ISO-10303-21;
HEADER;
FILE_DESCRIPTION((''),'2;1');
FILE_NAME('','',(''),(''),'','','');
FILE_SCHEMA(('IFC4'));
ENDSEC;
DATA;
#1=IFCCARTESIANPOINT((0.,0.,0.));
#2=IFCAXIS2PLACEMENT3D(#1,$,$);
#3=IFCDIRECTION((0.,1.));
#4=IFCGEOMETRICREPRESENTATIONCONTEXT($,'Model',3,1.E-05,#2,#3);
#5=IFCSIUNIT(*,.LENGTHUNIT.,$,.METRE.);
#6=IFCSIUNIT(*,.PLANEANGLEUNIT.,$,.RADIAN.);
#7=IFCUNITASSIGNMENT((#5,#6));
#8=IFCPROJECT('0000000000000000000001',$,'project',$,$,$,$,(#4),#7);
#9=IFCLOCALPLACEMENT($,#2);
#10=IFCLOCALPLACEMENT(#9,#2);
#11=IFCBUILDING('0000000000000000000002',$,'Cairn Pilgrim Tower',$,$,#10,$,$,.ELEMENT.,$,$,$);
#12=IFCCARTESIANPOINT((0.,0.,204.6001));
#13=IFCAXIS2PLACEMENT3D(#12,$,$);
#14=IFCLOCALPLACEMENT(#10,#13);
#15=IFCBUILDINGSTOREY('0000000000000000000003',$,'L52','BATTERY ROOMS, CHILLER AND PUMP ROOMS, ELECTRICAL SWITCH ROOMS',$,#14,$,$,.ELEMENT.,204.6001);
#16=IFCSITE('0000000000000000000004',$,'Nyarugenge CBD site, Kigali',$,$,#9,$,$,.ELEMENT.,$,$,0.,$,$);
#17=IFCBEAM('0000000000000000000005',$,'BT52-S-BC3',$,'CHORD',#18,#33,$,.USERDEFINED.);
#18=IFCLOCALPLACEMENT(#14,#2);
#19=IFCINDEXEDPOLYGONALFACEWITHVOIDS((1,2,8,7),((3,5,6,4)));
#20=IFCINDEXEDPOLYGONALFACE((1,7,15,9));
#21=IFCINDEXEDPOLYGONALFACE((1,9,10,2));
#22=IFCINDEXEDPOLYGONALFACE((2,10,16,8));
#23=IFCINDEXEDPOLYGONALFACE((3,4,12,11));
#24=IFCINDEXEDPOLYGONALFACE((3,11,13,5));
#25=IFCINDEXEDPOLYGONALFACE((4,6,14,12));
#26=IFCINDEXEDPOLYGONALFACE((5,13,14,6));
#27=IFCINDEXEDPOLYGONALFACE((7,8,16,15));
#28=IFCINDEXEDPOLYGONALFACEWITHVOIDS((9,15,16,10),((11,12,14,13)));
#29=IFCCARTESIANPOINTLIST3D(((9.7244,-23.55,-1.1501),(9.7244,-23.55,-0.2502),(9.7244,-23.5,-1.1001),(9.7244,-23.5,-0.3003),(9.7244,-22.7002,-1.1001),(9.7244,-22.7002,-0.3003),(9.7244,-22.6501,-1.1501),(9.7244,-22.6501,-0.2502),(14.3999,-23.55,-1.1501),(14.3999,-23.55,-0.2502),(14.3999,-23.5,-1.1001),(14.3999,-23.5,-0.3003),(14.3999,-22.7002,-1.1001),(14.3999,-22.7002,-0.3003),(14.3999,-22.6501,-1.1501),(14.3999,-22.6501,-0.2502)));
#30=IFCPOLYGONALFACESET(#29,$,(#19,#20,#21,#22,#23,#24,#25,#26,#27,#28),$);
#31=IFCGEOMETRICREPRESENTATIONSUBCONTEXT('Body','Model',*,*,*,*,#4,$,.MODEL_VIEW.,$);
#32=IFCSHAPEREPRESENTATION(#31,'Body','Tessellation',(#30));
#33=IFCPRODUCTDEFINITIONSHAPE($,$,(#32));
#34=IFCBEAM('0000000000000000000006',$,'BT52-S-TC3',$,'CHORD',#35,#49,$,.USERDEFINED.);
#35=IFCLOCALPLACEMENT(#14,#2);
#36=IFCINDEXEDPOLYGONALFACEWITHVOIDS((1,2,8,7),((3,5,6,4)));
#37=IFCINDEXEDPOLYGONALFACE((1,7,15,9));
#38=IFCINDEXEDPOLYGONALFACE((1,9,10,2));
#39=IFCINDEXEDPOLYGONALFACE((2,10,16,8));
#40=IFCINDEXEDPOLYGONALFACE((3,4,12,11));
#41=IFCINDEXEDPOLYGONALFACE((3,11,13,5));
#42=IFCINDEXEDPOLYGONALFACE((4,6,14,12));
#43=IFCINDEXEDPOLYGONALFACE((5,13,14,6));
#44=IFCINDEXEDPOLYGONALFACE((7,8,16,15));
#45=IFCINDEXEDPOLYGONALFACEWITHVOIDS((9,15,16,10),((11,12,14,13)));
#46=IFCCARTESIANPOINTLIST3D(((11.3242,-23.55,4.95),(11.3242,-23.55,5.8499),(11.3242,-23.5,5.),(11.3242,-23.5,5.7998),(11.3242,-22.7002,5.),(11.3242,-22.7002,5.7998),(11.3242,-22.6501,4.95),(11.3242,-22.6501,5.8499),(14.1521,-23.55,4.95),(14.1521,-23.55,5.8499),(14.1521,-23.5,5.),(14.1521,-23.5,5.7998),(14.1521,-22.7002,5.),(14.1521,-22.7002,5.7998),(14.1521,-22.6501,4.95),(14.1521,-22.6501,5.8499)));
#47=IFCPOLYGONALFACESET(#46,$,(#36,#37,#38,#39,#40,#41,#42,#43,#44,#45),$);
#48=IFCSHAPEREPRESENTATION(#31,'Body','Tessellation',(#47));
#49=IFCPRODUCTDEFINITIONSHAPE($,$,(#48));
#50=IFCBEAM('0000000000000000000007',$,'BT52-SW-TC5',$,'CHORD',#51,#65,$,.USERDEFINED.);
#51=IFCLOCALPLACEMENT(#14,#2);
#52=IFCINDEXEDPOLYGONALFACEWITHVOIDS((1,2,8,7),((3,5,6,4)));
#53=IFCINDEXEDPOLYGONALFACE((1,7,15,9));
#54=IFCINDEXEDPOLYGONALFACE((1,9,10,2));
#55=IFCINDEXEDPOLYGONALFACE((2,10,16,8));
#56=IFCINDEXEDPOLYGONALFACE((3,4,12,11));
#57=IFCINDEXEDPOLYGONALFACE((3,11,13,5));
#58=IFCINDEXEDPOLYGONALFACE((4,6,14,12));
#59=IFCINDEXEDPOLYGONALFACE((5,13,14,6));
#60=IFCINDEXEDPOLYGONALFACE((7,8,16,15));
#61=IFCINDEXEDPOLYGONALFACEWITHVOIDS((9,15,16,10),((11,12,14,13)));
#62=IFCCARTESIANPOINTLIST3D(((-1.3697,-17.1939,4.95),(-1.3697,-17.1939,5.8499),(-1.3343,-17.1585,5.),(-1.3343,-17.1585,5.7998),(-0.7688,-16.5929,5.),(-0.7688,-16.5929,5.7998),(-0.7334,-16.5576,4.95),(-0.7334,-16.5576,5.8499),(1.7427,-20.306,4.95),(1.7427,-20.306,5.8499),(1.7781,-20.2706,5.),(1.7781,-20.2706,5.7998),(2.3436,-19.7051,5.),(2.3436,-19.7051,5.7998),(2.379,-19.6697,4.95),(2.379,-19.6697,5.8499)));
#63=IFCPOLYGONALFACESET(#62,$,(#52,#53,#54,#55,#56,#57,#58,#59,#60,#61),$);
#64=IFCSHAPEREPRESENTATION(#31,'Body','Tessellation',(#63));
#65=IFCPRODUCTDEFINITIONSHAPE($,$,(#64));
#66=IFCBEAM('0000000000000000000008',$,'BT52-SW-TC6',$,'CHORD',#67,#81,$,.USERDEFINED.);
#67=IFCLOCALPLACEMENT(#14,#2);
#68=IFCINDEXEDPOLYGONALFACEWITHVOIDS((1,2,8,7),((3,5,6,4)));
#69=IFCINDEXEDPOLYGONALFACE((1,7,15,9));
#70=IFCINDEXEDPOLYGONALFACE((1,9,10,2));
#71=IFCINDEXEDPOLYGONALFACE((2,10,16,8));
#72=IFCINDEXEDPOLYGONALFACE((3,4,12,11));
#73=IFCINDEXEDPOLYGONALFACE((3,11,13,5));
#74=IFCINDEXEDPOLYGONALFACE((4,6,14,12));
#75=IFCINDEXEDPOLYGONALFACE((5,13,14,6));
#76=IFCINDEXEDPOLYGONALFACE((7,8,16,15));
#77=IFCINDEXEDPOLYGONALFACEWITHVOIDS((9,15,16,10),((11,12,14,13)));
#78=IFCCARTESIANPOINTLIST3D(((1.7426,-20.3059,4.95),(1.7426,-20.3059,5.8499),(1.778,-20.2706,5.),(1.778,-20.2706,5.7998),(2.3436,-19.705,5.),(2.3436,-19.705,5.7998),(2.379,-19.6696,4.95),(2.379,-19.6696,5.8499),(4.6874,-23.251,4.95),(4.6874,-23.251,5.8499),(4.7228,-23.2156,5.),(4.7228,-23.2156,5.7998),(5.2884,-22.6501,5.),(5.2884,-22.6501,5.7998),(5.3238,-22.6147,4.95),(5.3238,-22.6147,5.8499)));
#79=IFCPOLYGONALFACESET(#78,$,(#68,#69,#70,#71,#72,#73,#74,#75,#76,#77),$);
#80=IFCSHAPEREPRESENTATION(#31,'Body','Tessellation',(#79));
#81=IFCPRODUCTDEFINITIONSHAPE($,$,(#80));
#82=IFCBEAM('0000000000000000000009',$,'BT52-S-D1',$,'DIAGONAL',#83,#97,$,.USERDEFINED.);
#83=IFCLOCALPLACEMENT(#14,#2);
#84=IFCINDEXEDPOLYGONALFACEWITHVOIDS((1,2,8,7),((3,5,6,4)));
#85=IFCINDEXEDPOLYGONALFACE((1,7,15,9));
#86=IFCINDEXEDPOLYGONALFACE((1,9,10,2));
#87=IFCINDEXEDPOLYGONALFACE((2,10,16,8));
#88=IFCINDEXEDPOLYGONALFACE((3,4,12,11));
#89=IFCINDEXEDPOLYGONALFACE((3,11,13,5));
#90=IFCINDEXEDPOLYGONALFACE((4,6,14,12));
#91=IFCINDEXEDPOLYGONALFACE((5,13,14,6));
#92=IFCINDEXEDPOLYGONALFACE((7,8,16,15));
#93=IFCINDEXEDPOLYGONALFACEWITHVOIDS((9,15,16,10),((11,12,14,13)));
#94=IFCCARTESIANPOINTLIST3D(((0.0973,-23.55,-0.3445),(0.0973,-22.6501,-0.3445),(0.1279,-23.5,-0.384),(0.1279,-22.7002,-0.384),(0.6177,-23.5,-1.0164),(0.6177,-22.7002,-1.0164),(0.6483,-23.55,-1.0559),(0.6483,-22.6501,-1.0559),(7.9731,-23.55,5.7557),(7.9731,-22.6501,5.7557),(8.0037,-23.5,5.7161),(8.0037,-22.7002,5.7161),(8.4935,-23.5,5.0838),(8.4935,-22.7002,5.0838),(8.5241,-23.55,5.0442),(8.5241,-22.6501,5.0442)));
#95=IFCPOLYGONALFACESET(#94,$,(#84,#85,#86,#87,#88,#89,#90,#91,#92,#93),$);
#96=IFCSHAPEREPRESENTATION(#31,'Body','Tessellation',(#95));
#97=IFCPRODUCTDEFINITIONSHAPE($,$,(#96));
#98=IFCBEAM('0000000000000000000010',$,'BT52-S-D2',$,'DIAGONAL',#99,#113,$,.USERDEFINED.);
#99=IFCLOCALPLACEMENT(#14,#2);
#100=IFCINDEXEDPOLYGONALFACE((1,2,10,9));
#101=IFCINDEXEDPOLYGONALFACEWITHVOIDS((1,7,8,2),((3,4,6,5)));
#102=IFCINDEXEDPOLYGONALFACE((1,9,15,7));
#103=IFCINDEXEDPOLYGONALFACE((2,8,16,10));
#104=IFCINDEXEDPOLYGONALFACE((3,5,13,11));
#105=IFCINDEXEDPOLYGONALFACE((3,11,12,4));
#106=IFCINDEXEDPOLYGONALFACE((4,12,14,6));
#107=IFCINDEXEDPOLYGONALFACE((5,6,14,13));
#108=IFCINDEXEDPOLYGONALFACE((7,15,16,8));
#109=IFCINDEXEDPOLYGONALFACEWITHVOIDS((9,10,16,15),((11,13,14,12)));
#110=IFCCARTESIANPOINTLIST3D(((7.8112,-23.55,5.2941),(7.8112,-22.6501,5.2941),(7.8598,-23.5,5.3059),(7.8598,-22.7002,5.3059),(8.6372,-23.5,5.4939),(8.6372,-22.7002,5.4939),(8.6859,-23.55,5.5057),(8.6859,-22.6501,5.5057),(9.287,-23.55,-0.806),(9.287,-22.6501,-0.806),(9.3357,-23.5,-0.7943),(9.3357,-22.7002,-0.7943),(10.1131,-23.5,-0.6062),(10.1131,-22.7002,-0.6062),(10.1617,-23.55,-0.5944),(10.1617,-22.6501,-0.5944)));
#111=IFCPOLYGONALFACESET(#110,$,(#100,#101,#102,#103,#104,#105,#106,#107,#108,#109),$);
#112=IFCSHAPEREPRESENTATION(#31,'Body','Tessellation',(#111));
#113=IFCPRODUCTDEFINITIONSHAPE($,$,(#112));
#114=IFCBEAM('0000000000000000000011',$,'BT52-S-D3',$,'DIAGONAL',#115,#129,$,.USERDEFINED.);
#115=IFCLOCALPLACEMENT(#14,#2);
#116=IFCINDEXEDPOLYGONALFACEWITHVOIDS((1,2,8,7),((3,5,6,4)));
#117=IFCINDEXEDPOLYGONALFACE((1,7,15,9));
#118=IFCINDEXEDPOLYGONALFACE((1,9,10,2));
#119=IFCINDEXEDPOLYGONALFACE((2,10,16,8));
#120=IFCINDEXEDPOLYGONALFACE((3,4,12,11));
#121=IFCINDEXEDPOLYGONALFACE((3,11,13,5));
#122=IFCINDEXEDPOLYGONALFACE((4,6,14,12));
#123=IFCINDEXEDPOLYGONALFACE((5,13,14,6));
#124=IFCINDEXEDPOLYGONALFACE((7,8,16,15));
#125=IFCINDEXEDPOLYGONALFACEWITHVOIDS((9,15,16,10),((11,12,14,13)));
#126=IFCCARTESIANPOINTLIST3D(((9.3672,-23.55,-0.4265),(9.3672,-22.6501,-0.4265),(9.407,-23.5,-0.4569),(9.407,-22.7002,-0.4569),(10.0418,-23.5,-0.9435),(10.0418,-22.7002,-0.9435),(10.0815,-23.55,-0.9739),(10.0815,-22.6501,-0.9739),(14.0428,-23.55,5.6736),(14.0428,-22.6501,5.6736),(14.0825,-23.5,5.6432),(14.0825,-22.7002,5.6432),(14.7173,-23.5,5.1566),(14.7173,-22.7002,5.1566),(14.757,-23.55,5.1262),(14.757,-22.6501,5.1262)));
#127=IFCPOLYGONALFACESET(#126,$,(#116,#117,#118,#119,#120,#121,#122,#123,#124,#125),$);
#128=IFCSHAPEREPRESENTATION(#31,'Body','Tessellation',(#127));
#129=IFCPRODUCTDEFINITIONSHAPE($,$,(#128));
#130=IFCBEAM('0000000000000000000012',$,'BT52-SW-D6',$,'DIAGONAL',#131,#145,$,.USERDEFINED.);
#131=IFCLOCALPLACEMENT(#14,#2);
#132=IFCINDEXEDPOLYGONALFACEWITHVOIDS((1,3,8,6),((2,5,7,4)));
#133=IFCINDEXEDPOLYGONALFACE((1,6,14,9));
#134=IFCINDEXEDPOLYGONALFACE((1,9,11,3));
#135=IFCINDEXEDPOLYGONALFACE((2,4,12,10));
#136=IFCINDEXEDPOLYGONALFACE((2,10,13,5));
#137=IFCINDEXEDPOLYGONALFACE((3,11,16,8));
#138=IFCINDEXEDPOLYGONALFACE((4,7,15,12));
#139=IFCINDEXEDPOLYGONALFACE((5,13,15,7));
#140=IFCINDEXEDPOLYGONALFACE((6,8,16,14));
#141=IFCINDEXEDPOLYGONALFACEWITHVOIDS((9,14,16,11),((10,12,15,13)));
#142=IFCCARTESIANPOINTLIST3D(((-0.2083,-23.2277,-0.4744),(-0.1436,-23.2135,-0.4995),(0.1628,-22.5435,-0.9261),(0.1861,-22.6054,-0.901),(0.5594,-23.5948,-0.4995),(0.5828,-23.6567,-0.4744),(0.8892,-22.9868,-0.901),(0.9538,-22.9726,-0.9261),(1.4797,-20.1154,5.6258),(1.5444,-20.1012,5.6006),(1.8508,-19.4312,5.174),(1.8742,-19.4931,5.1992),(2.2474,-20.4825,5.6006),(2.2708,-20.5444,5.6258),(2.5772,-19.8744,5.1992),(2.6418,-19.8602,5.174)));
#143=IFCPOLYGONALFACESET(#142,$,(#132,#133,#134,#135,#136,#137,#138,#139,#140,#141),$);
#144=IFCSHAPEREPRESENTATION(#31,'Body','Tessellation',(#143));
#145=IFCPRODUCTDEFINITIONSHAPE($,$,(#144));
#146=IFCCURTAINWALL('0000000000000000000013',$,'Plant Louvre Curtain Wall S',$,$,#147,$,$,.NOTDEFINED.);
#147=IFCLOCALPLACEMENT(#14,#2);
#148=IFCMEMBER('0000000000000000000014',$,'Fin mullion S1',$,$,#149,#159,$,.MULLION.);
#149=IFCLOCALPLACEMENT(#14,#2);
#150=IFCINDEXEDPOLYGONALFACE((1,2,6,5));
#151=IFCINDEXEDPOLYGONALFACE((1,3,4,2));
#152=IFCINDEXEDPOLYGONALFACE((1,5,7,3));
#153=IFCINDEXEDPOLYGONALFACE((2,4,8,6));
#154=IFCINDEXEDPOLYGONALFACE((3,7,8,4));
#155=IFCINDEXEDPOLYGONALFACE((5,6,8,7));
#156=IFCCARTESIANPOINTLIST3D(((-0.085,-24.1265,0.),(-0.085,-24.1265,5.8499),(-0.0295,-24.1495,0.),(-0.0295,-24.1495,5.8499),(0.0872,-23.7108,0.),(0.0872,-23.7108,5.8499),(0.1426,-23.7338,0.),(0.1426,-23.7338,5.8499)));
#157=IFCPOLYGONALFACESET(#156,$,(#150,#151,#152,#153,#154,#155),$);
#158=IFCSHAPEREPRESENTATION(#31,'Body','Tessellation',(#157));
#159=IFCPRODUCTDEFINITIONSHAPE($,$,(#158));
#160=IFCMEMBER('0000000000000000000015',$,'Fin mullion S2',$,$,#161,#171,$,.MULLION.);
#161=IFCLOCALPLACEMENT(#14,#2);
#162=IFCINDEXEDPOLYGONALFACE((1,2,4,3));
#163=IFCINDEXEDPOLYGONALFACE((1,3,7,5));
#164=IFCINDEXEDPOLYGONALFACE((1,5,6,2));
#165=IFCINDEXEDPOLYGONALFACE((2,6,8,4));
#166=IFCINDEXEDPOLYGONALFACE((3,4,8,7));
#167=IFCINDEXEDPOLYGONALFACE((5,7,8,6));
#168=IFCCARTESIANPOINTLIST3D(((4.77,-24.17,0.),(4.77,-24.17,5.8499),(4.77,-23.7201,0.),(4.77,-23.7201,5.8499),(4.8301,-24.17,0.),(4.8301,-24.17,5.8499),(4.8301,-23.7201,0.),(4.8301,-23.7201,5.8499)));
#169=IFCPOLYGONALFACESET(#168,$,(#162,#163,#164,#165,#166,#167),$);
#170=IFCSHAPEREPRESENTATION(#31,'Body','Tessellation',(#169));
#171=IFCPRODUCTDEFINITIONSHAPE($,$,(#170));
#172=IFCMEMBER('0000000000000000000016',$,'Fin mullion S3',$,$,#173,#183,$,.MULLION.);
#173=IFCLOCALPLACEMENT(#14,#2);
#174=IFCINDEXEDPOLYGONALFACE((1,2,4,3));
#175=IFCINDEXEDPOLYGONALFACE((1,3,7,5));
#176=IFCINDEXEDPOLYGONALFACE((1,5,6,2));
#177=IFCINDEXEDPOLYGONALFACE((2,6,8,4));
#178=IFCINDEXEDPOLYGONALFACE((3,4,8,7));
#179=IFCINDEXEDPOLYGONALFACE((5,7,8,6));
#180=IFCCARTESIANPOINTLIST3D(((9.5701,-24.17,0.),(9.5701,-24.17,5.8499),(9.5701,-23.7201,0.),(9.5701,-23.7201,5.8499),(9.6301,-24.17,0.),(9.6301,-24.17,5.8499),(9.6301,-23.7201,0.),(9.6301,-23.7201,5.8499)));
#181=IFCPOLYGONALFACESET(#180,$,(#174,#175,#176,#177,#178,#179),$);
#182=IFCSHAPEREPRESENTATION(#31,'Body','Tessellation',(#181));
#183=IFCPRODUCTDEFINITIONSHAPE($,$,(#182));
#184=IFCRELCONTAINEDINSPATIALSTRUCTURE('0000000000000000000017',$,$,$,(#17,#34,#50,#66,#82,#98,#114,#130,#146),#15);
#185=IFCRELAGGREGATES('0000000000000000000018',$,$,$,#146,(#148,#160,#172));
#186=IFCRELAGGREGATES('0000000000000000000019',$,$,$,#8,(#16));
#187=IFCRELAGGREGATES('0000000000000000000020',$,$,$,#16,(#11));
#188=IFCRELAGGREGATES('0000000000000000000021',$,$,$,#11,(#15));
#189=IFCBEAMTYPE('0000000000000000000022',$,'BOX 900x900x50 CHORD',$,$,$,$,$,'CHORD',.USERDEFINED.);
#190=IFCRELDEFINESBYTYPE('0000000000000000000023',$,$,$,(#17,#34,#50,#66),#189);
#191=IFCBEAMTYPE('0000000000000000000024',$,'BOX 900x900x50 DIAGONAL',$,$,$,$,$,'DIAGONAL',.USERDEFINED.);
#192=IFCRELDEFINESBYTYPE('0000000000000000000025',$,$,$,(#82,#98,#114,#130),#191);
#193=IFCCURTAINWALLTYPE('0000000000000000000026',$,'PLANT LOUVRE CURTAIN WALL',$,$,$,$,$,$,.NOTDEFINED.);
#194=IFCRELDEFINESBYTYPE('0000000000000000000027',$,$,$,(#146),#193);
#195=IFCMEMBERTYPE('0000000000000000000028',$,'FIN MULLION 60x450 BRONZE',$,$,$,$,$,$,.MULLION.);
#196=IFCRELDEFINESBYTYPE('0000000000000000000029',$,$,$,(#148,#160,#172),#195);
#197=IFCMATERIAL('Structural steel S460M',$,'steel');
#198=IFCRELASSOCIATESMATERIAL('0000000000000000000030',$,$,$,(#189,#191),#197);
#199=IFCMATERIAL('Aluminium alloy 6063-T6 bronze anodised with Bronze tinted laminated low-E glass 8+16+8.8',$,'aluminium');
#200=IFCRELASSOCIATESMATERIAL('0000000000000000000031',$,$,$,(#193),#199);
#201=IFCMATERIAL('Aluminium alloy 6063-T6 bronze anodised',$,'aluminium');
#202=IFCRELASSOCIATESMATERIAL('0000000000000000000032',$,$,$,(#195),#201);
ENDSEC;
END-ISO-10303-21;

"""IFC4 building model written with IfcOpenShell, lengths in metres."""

from ifc_helpers import new_model, si_unit, direction, frame, origin, origin_2d, place, context, subcontext, project, spatial, rectangle, hollow_rectangle, extrude, material, material_profile, profile_set, type_object, element, aggregate, save


model = new_model("IFC4")

# Units and contexts
model_context = context("Model", 3, precision=1e-05, world=origin(), true_north=direction((0.0, 1.0)))
body_context = subcontext(model_context, "Body", "Model", "MODEL_VIEW")
ifc_project = project(units=[si_unit("LENGTHUNIT", "METRE"), si_unit("PLANEANGLEUNIT", "RADIAN")], contexts=[model_context])

# Site, building, storey
site_placement = place(None, origin())
site = spatial("IfcSite", under=ifc_project, at=site_placement, Name="Nyarugenge CBD site, Kigali", CompositionType="ELEMENT", RefElevation=0.0)
building_placement = place(site_placement, origin())
building = spatial("IfcBuilding", under=site, at=building_placement, Name="Cairn Pilgrim Tower", CompositionType="ELEMENT")
storey_placement = place(building_placement, frame((0.0, 0.0, 204.6001)))
storey = spatial("IfcBuildingStorey", under=building, at=storey_placement, Name="L52", Description="BATTERY ROOMS, CHILLER AND PUMP ROOMS, ELECTRICAL SWITCH ROOMS", CompositionType="ELEMENT", Elevation=204.6001)

# Shared definitions
ifc_material_1 = material(Name="Structural steel S460M", Category="steel")

# Beams
ifc_material_profile_1 = material_profile(ifc_material_1, hollow_rectangle(XDim=0.8999, YDim=0.8999, WallThickness=0.05, at=origin_2d()), Name="BOX 900x900x50")
ifc_profile_set_1 = profile_set([ifc_material_profile_1], Name="Structural steel S460M")
beam_type_1 = type_object("IfcBeamType", Name="BOX 900x900x50 CHORD", ElementType="CHORD", PredefinedType="USERDEFINED", material=ifc_profile_set_1)
beam_1_placement = place(storey_placement, frame((9.7244, -23.1001, -0.7002), z_axis=(1.0, 0.0, 0.0), x_axis=(0.0, 1.0, 0.0)))
element("IfcBeam", 1, at=beam_1_placement, inside=storey, type_object=beam_type_1, Name="BT52-S-BC3", ObjectType="CHORD", PredefinedType="USERDEFINED", context=body_context, shape_type="SweptSolid", body=[
    extrude(hollow_rectangle(XDim=0.8999, YDim=0.8999, WallThickness=0.05, at=origin_2d()), origin(), (0.0, 0.0, 1.0), 4.6755),
])
beam_2_placement = place(storey_placement, frame((11.3242, -23.1001, 5.3999), z_axis=(1.0, 0.0, 0.0), x_axis=(0.0, 1.0, 0.0)))
element("IfcBeam", 2, at=beam_2_placement, inside=storey, type_object=beam_type_1, Name="BT52-S-TC3", ObjectType="CHORD", PredefinedType="USERDEFINED", context=body_context, shape_type="SweptSolid", body=[
    extrude(hollow_rectangle(XDim=0.8999, YDim=0.8999, WallThickness=0.05, at=origin_2d()), origin(), (0.0, 0.0, 1.0), 2.8279),
])
beam_3_placement = place(storey_placement, frame((-1.0515, -16.8757, 5.3999), z_axis=(0.707135, -0.707079, 0.0), x_axis=(0.707079, 0.707135, 0.0)))
element("IfcBeam", 3, at=beam_3_placement, inside=storey, type_object=beam_type_1, Name="BT52-SW-TC5", ObjectType="CHORD", PredefinedType="USERDEFINED", context=body_context, shape_type="SweptSolid", body=[
    extrude(hollow_rectangle(XDim=0.8999, YDim=0.8999, WallThickness=0.05, at=origin_2d()), origin(), (0.0, 0.0, 1.0), 4.4014),
])
beam_4_placement = place(storey_placement, frame((2.0608, -19.9878, 5.3999), z_axis=(0.707077, -0.707136, 0.0), x_axis=(0.707136, 0.707077, 0.0)))
element("IfcBeam", 4, at=beam_4_placement, inside=storey, type_object=beam_type_1, Name="BT52-SW-TC6", ObjectType="CHORD", PredefinedType="USERDEFINED", context=body_context, shape_type="SweptSolid", body=[
    extrude(hollow_rectangle(XDim=0.8999, YDim=0.8999, WallThickness=0.05, at=origin_2d()), origin(), (0.0, 0.0, 1.0), 4.1648),
])
ifc_material_profile_2 = material_profile(ifc_material_1, hollow_rectangle(XDim=0.8999, YDim=0.8999, WallThickness=0.05, at=origin_2d()), Name="BOX 900x900x50")
ifc_profile_set_2 = profile_set([ifc_material_profile_2], Name="Structural steel S460M")
beam_type_2 = type_object("IfcBeamType", Name="BOX 900x900x50 DIAGONAL", ElementType="DIAGONAL", PredefinedType="USERDEFINED", material=ifc_profile_set_2)
beam_5_placement = place(storey_placement, frame((0.3728, -23.1001, -0.7002), z_axis=(0.79059, 0.0, 0.612346), x_axis=(0.0, 1.0, 0.0)))
element("IfcBeam", 5, at=beam_5_placement, inside=storey, type_object=beam_type_2, Name="BT52-S-D1", ObjectType="DIAGONAL", PredefinedType="USERDEFINED", context=body_context, shape_type="SweptSolid", body=[
    extrude(hollow_rectangle(XDim=0.8999, YDim=0.8999, WallThickness=0.05, at=origin_2d()), origin(), (0.0, 0.0, 1.0), 9.9619),
])
beam_6_placement = place(storey_placement, frame((8.2485, -23.1001, 5.3999), z_axis=(0.235151, 0.0, -0.971959), x_axis=(0.0, 1.0, 0.0)))
element("IfcBeam", 6, at=beam_6_placement, inside=storey, type_object=beam_type_2, Name="BT52-S-D2", ObjectType="DIAGONAL", PredefinedType="USERDEFINED", context=body_context, shape_type="SweptSolid", body=[
    extrude(hollow_rectangle(XDim=0.8999, YDim=0.8999, WallThickness=0.05, at=origin_2d()), origin(), (0.0, 0.0, 1.0), 6.2761),
])
beam_7_placement = place(storey_placement, frame((9.7244, -23.1001, -0.7002), z_axis=(0.608333, 0.0, 0.793682), x_axis=(0.0, 1.0, 0.0)))
element("IfcBeam", 7, at=beam_7_placement, inside=storey, type_object=beam_type_2, Name="BT52-S-D3", ObjectType="DIAGONAL", PredefinedType="USERDEFINED", context=body_context, shape_type="SweptSolid", body=[
    extrude(hollow_rectangle(XDim=0.8999, YDim=0.8999, WallThickness=0.05, at=origin_2d()), origin(), (0.0, 0.0, 1.0), 7.6858),
])
beam_8_placement = place(storey_placement, frame((2.0608, -19.9878, 5.3999), z_axis=(-0.239324, -0.441264, -0.864876), x_axis=(0.879037, -0.476754, 0.0)))
element("IfcBeam", 8, at=beam_8_placement, inside=storey, type_object=beam_type_2, Name="BT52-SW-D6", ObjectType="DIAGONAL", PredefinedType="USERDEFINED", context=body_context, shape_type="SweptSolid", body=[
    extrude(hollow_rectangle(XDim=0.8999, YDim=0.8999, WallThickness=0.05, at=origin_2d()), origin(), (0.0, 0.0, 1.0), 7.0532),
])

# Curtain wall, members
ifc_material_2 = material(Name="Aluminium alloy 6063-T6 bronze anodised with Bronze tinted laminated low-E glass 8+16+8.8", Category="aluminium")
curtain_wall_type = type_object("IfcCurtainWallType", Name="PLANT LOUVRE CURTAIN WALL", PredefinedType="NOTDEFINED", material=ifc_material_2)
curtain_wall_1_placement = place(storey_placement, origin())
curtain_wall_1 = element("IfcCurtainWall", 9, at=curtain_wall_1_placement, inside=storey, type_object=curtain_wall_type, Name="Plant Louvre Curtain Wall S", PredefinedType="NOTDEFINED")
ifc_material_3 = material(Name="Aluminium alloy 6063-T6 bronze anodised", Category="aluminium")
ifc_material_profile_3 = material_profile(ifc_material_3, rectangle(XDim=0.45, YDim=0.0601, at=origin_2d()), Name="FIN MULLION 60x450 BRONZE")
ifc_profile_set_3 = profile_set([ifc_material_profile_3], Name="Aluminium alloy 6063-T6 bronze anodised")
member_type_1 = type_object("IfcMemberType", Name="FIN MULLION 60x450 BRONZE", PredefinedType="MULLION", material=ifc_profile_set_3)
member_1_placement = place(storey_placement, frame((0.0288, -23.9302, 0.0), z_axis=(0.0, 0.0, 1.0), x_axis=(-0.382683, -0.92388, 0.0)))
member_1 = element("IfcMember", 10, at=member_1_placement, type_object=member_type_1, Name="Fin mullion S1", PredefinedType="MULLION", context=body_context, shape_type="SweptSolid", body=[
    extrude(rectangle(XDim=0.45, YDim=0.0601, at=origin_2d()), origin(), (0.0, 0.0, 1.0), 5.8499),
])
member_2_placement = place(storey_placement, frame((4.8, -23.9451, 0.0), z_axis=(0.0, 0.0, 1.0), x_axis=(0.0, -1.0, 0.0)))
member_2 = element("IfcMember", 11, at=member_2_placement, type_object=member_type_1, Name="Fin mullion S2", PredefinedType="MULLION", context=body_context, shape_type="SweptSolid", body=[
    extrude(rectangle(XDim=0.45, YDim=0.0601, at=origin_2d()), origin(), (0.0, 0.0, 1.0), 5.8499),
])
member_3_placement = place(storey_placement, frame((9.6001, -23.9451, 0.0), z_axis=(0.0, 0.0, 1.0), x_axis=(0.0, -1.0, 0.0)))
member_3 = element("IfcMember", 12, at=member_3_placement, type_object=member_type_1, Name="Fin mullion S3", PredefinedType="MULLION", context=body_context, shape_type="SweptSolid", body=[
    extrude(rectangle(XDim=0.45, YDim=0.0601, at=origin_2d()), origin(), (0.0, 0.0, 1.0), 5.8499),
])

aggregate(curtain_wall_1, [member_1, member_2, member_3])

save(model, "model.ifc")
